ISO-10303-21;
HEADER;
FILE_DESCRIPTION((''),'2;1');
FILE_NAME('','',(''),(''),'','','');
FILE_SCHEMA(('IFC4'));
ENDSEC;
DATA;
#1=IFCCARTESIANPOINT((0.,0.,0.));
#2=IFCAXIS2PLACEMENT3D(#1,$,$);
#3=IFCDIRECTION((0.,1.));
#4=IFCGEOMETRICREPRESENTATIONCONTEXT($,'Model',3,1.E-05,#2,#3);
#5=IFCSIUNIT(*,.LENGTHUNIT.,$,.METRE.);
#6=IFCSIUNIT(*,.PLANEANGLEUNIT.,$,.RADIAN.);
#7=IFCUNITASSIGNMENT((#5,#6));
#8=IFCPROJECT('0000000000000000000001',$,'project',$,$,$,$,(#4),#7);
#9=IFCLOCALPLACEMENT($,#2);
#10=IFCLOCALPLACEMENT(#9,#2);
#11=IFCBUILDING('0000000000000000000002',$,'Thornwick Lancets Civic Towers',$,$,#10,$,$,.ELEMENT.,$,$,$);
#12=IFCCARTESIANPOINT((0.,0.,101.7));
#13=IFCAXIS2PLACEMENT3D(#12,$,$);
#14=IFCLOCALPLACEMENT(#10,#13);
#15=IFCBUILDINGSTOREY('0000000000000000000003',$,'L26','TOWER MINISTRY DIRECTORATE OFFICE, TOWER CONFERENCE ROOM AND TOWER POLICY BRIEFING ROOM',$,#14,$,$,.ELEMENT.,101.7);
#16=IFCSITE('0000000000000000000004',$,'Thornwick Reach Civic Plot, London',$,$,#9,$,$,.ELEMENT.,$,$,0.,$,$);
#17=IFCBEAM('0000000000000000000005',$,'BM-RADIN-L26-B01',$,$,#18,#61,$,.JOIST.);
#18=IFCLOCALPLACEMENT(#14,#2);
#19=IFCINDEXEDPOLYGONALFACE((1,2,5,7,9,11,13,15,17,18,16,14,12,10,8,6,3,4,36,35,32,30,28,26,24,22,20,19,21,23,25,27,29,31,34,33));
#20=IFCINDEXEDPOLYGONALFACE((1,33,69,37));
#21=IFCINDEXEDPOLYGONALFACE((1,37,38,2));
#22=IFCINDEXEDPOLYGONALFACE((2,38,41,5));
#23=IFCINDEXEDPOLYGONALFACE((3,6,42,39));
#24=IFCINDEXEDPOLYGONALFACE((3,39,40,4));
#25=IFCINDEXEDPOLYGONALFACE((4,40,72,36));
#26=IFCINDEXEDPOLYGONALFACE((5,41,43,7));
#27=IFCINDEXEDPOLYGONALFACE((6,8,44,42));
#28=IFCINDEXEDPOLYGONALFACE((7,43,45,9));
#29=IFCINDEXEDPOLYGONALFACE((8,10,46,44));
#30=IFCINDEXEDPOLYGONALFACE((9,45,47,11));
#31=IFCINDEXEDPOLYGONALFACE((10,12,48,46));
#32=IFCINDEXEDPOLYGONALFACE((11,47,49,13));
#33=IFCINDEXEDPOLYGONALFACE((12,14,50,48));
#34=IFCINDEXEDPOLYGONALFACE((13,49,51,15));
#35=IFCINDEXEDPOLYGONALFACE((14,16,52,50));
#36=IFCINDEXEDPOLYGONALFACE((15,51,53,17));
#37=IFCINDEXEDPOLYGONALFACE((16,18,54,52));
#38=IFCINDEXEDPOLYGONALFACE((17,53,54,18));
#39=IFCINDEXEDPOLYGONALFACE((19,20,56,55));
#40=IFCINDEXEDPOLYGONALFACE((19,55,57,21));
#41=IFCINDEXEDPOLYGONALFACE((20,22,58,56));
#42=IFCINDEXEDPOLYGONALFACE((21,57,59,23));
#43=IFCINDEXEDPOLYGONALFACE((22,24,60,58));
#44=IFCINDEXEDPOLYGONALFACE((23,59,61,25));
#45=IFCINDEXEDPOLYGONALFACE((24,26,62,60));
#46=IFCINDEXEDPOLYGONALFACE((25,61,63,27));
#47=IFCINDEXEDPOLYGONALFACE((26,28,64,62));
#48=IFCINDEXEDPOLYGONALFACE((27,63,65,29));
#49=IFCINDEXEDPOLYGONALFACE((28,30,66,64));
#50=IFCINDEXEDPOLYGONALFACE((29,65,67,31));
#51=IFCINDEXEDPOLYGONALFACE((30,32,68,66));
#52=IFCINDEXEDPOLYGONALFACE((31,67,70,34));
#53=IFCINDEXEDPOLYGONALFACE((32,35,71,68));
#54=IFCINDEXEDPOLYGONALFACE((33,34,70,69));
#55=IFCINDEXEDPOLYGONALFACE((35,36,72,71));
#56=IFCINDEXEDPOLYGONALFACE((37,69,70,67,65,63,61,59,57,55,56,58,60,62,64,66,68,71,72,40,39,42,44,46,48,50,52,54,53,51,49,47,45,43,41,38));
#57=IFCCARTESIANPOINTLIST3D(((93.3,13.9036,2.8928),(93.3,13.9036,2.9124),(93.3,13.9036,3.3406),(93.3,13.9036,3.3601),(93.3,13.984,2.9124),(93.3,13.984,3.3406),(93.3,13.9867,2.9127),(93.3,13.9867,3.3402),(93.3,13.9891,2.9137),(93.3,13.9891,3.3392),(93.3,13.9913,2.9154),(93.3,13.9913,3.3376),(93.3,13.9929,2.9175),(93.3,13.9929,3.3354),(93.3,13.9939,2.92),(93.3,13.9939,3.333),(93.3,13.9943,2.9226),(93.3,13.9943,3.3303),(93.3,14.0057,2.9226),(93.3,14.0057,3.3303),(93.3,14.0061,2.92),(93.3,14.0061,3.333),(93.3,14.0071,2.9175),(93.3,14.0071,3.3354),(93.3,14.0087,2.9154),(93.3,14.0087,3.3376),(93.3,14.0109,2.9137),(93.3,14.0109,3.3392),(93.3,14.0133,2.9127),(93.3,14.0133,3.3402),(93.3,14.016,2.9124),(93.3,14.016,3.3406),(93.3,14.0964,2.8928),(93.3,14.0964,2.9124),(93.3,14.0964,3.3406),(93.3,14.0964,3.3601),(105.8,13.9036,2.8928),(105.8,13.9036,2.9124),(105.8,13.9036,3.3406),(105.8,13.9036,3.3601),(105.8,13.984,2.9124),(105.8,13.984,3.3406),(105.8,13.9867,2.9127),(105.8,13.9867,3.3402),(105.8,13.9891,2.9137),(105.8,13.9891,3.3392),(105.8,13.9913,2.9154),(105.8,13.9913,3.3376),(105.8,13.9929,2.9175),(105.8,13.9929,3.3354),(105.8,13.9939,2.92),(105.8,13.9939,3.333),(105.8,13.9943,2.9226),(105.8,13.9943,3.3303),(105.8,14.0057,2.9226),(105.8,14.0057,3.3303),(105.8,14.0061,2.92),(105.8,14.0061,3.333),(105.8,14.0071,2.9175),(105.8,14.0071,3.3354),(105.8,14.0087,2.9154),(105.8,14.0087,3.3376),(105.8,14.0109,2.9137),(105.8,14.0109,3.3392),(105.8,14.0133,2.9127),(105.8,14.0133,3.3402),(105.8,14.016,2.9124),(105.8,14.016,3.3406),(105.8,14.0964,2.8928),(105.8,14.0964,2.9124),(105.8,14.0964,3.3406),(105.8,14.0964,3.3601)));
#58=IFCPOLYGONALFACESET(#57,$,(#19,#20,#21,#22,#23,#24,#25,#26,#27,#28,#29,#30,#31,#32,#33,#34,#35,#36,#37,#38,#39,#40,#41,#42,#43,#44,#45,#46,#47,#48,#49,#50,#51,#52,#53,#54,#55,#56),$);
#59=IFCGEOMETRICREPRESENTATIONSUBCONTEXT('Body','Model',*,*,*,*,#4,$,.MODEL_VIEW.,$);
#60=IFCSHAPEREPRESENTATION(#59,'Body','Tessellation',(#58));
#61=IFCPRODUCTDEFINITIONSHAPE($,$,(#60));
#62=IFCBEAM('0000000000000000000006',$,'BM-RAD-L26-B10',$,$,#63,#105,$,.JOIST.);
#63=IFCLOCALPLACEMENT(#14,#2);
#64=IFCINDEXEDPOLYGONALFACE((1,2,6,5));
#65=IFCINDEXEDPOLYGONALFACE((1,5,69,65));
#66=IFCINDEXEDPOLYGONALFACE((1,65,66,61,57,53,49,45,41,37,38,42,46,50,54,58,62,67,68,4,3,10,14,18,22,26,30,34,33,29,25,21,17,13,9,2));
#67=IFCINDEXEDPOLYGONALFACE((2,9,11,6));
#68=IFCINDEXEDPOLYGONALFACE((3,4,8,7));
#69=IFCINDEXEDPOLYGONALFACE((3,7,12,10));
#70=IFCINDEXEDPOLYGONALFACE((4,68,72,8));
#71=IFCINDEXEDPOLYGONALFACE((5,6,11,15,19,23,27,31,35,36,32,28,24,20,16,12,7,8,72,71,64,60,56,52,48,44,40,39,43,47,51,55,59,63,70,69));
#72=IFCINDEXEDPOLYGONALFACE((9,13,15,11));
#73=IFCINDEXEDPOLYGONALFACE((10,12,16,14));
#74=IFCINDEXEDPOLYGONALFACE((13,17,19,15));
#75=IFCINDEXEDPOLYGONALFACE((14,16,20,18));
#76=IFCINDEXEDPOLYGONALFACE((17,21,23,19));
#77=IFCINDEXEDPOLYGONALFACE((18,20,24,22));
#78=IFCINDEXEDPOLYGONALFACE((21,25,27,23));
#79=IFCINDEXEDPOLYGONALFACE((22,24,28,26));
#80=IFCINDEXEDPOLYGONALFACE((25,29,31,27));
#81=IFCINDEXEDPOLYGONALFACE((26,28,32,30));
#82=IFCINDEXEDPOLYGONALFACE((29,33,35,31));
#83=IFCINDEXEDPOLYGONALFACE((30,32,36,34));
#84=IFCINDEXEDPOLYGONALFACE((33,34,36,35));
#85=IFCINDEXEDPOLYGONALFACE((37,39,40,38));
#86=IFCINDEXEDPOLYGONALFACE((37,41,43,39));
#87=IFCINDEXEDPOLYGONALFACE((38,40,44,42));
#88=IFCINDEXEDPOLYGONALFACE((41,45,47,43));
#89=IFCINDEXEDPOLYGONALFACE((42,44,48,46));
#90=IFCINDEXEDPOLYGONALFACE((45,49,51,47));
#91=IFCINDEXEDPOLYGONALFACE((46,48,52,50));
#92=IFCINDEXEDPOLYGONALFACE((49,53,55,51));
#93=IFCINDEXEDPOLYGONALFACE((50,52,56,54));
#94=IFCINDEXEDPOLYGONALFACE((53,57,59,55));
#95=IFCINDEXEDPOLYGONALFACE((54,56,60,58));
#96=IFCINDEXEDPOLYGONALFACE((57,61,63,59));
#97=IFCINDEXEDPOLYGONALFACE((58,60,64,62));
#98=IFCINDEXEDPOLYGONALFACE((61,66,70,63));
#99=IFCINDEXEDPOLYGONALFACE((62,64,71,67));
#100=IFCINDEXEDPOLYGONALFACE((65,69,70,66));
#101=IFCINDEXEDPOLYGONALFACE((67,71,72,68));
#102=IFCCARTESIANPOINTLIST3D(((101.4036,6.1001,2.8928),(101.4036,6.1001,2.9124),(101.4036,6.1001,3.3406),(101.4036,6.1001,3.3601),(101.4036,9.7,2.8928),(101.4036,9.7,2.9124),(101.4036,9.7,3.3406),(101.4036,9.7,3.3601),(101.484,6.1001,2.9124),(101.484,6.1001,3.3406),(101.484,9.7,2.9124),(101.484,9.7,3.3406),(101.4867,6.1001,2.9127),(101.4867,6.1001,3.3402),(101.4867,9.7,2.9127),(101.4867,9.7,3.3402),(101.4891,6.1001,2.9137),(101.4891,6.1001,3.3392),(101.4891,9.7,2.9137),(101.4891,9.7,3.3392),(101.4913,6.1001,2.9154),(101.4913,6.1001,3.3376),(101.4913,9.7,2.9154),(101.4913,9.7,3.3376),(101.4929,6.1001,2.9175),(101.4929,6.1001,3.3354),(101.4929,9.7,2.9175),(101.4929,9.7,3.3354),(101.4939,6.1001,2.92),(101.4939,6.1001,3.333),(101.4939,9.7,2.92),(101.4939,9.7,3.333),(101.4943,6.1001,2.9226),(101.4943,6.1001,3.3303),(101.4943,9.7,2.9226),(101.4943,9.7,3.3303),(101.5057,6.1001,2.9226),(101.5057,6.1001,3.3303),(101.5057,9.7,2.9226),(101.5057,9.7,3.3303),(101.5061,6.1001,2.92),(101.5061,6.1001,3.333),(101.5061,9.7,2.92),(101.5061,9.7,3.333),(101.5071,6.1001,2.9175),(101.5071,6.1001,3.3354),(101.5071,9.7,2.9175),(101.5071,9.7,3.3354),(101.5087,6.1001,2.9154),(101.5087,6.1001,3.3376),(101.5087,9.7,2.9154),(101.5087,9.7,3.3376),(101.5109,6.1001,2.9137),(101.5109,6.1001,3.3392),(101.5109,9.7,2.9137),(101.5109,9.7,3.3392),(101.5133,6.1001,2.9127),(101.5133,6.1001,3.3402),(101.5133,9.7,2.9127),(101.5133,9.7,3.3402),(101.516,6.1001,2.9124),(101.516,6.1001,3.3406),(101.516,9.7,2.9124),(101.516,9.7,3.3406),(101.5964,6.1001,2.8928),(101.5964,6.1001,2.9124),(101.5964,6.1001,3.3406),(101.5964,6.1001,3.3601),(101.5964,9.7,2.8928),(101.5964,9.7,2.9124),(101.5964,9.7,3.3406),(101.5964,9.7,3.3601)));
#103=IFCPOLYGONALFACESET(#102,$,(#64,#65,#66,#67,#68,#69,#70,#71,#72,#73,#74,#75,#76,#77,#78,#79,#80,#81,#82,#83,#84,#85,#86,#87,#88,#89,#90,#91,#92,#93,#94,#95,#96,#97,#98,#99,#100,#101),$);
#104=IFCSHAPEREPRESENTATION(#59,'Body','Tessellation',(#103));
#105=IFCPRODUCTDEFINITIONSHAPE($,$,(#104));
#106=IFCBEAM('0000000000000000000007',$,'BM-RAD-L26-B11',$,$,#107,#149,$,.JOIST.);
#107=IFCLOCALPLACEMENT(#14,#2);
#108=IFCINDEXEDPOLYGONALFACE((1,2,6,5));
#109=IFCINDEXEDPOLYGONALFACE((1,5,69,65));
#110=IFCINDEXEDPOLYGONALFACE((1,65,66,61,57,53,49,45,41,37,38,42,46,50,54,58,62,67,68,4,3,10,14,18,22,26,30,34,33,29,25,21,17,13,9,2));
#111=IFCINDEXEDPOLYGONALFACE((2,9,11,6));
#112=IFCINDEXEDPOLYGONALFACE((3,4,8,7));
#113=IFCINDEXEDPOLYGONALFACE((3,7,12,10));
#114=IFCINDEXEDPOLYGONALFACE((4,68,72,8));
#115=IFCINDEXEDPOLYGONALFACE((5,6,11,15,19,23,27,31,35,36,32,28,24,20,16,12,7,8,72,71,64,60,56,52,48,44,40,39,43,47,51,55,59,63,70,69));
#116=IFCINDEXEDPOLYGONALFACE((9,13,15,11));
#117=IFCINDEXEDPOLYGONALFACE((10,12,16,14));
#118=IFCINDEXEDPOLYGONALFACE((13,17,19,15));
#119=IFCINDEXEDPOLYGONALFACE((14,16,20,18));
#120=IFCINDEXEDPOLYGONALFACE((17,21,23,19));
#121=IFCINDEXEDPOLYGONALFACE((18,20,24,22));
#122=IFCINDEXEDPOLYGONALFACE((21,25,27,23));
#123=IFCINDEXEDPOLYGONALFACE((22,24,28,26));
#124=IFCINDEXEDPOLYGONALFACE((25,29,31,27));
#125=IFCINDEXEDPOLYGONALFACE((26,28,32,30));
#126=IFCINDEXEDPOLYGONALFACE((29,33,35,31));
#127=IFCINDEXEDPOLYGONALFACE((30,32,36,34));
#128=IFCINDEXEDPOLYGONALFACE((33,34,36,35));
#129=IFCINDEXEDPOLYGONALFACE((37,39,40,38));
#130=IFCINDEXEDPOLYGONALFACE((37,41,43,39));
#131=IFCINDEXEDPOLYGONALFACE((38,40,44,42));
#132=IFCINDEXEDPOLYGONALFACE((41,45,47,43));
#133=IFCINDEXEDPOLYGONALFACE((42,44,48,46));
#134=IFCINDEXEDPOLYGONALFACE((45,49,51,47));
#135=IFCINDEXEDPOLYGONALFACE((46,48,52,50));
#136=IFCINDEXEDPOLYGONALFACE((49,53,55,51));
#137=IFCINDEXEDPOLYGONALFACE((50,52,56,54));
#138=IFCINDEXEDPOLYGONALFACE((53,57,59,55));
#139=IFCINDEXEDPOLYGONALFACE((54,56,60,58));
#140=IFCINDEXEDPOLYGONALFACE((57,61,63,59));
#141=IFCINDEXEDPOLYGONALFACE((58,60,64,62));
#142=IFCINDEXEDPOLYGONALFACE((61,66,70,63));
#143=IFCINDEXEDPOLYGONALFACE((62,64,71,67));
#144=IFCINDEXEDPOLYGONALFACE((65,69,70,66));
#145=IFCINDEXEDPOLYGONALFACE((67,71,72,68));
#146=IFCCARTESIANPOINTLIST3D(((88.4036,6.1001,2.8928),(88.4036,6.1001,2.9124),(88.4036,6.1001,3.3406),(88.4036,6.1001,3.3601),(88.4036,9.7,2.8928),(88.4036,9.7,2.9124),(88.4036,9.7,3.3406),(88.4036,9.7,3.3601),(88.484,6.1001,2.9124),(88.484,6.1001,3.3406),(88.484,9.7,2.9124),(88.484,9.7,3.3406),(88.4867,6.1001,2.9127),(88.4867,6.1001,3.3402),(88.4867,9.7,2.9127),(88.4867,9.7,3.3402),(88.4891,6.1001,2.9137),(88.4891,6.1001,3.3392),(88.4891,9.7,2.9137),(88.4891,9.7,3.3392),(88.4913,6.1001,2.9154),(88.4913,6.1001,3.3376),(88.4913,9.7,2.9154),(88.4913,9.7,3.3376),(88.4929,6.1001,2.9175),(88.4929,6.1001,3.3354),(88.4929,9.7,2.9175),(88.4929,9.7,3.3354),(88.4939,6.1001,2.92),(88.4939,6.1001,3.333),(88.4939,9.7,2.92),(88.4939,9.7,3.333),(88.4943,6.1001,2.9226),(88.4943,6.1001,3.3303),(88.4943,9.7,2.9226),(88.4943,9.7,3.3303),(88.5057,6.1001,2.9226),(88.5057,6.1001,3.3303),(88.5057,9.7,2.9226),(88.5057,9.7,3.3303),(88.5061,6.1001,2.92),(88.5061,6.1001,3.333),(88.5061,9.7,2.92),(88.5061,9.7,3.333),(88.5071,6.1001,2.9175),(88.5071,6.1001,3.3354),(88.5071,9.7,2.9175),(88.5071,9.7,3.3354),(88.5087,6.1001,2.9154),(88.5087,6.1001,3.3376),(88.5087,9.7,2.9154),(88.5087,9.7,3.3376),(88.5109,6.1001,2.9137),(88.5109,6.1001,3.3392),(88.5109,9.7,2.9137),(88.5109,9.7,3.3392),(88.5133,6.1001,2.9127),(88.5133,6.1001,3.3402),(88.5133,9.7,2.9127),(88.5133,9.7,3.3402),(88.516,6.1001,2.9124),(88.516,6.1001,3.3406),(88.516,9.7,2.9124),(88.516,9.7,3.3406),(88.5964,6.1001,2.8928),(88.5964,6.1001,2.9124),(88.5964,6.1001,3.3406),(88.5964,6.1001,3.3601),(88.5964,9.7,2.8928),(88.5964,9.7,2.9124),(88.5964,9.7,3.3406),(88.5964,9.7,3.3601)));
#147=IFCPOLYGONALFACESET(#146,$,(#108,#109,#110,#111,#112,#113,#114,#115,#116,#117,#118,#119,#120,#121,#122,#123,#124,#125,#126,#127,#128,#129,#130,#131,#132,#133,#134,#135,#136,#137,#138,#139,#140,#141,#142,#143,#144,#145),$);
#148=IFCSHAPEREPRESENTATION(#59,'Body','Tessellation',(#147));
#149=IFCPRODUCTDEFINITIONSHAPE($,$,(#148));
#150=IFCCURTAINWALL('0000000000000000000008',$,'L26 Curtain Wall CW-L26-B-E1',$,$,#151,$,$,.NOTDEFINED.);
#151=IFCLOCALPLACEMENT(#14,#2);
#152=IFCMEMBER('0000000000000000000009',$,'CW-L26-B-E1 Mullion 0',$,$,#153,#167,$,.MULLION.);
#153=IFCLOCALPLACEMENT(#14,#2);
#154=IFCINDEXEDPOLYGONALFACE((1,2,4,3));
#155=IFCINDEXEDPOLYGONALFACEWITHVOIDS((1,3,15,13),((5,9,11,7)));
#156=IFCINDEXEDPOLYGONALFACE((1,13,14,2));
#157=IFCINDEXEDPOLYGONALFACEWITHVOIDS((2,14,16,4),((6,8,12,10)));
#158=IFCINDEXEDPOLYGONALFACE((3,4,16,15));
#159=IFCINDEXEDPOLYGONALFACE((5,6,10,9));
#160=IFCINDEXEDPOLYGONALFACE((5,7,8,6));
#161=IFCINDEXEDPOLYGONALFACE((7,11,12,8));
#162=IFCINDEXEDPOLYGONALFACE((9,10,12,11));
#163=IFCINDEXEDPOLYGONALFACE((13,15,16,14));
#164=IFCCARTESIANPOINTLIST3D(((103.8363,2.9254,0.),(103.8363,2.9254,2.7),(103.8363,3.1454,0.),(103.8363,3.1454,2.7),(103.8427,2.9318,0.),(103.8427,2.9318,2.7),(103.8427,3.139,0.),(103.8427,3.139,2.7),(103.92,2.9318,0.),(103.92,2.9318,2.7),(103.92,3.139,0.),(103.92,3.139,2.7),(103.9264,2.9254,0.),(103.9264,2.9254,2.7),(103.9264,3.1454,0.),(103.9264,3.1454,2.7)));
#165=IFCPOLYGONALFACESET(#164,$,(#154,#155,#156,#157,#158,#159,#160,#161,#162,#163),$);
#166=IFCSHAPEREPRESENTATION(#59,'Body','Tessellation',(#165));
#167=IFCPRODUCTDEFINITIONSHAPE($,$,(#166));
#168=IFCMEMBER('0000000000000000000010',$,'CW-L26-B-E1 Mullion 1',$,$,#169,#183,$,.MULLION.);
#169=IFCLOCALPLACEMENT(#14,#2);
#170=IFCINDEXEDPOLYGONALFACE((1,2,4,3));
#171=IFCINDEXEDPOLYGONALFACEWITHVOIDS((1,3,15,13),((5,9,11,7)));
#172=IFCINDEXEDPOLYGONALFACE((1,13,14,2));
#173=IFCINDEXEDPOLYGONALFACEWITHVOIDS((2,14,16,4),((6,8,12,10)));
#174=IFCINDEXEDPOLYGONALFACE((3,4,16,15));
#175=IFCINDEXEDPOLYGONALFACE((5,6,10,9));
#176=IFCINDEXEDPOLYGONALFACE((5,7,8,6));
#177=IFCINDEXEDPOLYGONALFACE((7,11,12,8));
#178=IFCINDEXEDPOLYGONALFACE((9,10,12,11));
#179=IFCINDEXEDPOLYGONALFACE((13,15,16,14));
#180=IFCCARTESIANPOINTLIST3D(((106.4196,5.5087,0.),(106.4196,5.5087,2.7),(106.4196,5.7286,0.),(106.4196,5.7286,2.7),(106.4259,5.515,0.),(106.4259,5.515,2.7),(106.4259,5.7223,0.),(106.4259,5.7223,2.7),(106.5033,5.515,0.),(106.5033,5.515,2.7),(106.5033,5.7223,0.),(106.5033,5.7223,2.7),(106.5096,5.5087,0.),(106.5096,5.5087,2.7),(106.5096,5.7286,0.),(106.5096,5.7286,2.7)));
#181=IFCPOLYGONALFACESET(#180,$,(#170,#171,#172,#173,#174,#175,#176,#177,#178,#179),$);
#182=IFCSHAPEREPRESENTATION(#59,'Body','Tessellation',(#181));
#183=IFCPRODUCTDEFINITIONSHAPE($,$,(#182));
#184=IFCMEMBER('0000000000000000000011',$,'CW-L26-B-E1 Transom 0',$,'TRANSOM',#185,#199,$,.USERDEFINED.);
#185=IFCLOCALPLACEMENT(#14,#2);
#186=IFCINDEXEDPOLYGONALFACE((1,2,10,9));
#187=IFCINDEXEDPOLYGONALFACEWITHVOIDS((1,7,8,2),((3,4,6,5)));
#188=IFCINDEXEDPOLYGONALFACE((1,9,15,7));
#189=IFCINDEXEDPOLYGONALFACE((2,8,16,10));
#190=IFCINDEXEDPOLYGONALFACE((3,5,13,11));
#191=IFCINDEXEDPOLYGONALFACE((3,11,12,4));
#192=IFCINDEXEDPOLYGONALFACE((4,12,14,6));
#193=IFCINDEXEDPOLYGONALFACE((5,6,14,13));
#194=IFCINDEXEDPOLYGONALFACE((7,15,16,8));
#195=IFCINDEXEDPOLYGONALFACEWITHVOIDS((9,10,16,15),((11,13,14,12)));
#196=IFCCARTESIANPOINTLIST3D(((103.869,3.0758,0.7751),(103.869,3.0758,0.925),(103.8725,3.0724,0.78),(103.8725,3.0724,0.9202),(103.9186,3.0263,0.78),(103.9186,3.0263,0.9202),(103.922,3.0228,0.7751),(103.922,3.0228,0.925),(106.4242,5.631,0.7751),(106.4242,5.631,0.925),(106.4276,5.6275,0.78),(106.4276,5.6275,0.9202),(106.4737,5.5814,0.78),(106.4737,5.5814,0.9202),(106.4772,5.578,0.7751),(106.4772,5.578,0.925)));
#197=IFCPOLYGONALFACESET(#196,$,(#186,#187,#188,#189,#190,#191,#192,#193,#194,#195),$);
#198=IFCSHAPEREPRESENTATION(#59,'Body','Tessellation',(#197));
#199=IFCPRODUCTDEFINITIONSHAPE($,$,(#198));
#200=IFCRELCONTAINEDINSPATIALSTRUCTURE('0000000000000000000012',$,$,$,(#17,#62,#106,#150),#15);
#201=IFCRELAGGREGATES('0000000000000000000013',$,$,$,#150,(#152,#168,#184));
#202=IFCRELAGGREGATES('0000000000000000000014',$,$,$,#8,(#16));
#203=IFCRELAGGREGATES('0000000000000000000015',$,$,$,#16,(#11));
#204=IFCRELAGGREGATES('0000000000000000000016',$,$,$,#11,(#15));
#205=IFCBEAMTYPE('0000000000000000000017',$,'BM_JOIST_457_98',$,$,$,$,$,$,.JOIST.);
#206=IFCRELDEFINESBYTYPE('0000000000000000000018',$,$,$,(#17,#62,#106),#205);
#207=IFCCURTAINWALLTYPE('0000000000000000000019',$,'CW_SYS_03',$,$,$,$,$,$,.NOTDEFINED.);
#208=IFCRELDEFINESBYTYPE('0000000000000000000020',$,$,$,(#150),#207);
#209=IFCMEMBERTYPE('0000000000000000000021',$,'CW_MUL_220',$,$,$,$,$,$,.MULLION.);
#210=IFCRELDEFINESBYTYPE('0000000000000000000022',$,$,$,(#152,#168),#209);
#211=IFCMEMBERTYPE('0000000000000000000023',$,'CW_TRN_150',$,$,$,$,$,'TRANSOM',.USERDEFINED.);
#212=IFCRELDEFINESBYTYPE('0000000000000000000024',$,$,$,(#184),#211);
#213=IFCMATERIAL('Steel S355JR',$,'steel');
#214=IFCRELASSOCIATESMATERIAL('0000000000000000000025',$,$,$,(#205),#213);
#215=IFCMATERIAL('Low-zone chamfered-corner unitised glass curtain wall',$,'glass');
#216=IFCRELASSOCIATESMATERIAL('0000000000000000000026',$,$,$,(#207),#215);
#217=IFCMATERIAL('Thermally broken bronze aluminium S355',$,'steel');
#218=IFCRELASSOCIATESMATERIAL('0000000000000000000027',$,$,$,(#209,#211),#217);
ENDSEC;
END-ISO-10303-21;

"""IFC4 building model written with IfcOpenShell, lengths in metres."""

from ifc_helpers import new_model, si_unit, direction, frame, origin, origin_2d, place, context, subcontext, project, spatial, hollow_rectangle, i_section, extrude, material, material_profile, profile_set, type_object, element, aggregate, save


model = new_model("IFC4")

# Units and contexts
model_context = context("Model", 3, precision=1e-05, world=origin(), true_north=direction((0.0, 1.0)))
body_context = subcontext(model_context, "Body", "Model", "MODEL_VIEW")
ifc_project = project(units=[si_unit("LENGTHUNIT", "METRE"), si_unit("PLANEANGLEUNIT", "RADIAN")], contexts=[model_context])

# Site, building, storey
site_placement = place(None, origin())
site = spatial("IfcSite", under=ifc_project, at=site_placement, Name="Thornwick Reach Civic Plot, London", CompositionType="ELEMENT", RefElevation=0.0)
building_placement = place(site_placement, origin())
building = spatial("IfcBuilding", under=site, at=building_placement, Name="Thornwick Lancets Civic Towers", CompositionType="ELEMENT")
storey_placement = place(building_placement, frame((0.0, 0.0, 101.7)))
storey = spatial("IfcBuildingStorey", under=building, at=storey_placement, Name="L26", Description="TOWER MINISTRY DIRECTORATE OFFICE, TOWER CONFERENCE ROOM AND TOWER POLICY BRIEFING ROOM", CompositionType="ELEMENT", Elevation=101.7)

# Beams
ifc_material_1 = material(Name="Steel S355JR", Category="steel")
ifc_material_profile_1 = material_profile(ifc_material_1, i_section(OverallWidth=0.1929, OverallDepth=0.4673, WebThickness=0.0115, FlangeThickness=0.0195, FilletRadius=0.0103, at=origin_2d()), Name="UKB 457x191x98")
ifc_profile_set_1 = profile_set([ifc_material_profile_1], Name="Steel S355JR")
beam_type_1 = type_object("IfcBeamType", Name="BM_JOIST_457_98", PredefinedType="JOIST", material=ifc_profile_set_1)
beam_1_placement = place(storey_placement, frame((93.3, 14.0, 3.1265), z_axis=(1.0, 0.0, 0.0), x_axis=(0.0, 1.0, 0.0)))
element("IfcBeam", 1, at=beam_1_placement, inside=storey, type_object=beam_type_1, Name="BM-RADIN-L26-B01", PredefinedType="JOIST", context=body_context, shape_type="SweptSolid", body=[
    extrude(i_section(OverallWidth=0.1929, OverallDepth=0.4673, WebThickness=0.0115, FlangeThickness=0.0195, FilletRadius=0.0103, at=origin_2d()), origin(), (0.0, 0.0, 1.0), 12.5),
])
for number, where, z_axis, x_axis, name in (
    (2, (101.5, 9.7, 3.1265), (0.0, -1.0, 0.0), (1.0, 0.0, 0.0), "BM-RAD-L26-B10"),
    (3, (88.5, 9.7, 3.1265), (0.0, -1.0, 0.0), (1.0, 0.0, 0.0), "BM-RAD-L26-B11"),
):
    element("IfcBeam", number, at=place(storey_placement, frame(where, z_axis=z_axis, x_axis=x_axis)), inside=storey, type_object=beam_type_1, Name=name, PredefinedType="JOIST", context=body_context, shape_type="SweptSolid", body=[
        extrude(i_section(OverallWidth=0.1929, OverallDepth=0.4673, WebThickness=0.0115, FlangeThickness=0.0195, FilletRadius=0.0103, at=origin_2d()), origin(), (0.0, 0.0, 1.0), 3.5999),
    ])

# Curtain wall, members
ifc_material_2 = material(Name="Low-zone chamfered-corner unitised glass curtain wall", Category="glass")
curtain_wall_type = type_object("IfcCurtainWallType", Name="CW_SYS_03", PredefinedType="NOTDEFINED", material=ifc_material_2)
curtain_wall_placement = place(storey_placement, origin())
curtain_wall = element("IfcCurtainWall", 4, at=curtain_wall_placement, inside=storey, type_object=curtain_wall_type, Name="L26 Curtain Wall CW-L26-B-E1", PredefinedType="NOTDEFINED")
ifc_material_3 = material(Name="Thermally broken bronze aluminium S355", Category="steel")
ifc_material_profile_2 = material_profile(ifc_material_3, hollow_rectangle(XDim=0.0901, YDim=0.22, WallThickness=0.0063, at=origin_2d()), Name="RHS 220x90x6.3")
ifc_profile_set_2 = profile_set([ifc_material_profile_2], Name="Thermally broken bronze aluminium S355")
member_type_1 = type_object("IfcMemberType", Name="CW_MUL_220", PredefinedType="MULLION", material=ifc_profile_set_2)
member_1_placement = place(storey_placement, frame((103.8813, 3.0354, 0.0), z_axis=(0.0, 0.0, 1.0), x_axis=(1.0, 0.0, 0.0)))
member_1 = element("IfcMember", 5, at=member_1_placement, type_object=member_type_1, Name="CW-L26-B-E1 Mullion 0", PredefinedType="MULLION", context=body_context, shape_type="SweptSolid", body=[
    extrude(hollow_rectangle(XDim=0.0901, YDim=0.22, WallThickness=0.0063, at=origin_2d()), origin(), (0.0, 0.0, 1.0), 2.7),
])
member_2_placement = place(storey_placement, frame((106.4646, 5.6187, 0.0), z_axis=(0.0, 0.0, 1.0), x_axis=(1.0, 0.0, 0.0)))
member_2 = element("IfcMember", 6, at=member_2_placement, type_object=member_type_1, Name="CW-L26-B-E1 Mullion 1", PredefinedType="MULLION", context=body_context, shape_type="SweptSolid", body=[
    extrude(hollow_rectangle(XDim=0.0901, YDim=0.22, WallThickness=0.0063, at=origin_2d()), origin(), (0.0, 0.0, 1.0), 2.7),
])
ifc_material_profile_3 = material_profile(ifc_material_3, hollow_rectangle(XDim=0.075, YDim=0.1499, WallThickness=0.0049, at=origin_2d()), Name="RHS 150x75x5")
ifc_profile_set_3 = profile_set([ifc_material_profile_3], Name="Thermally broken bronze aluminium S355")
member_type_2 = type_object("IfcMemberType", Name="CW_TRN_150", ElementType="TRANSOM", PredefinedType="USERDEFINED", material=ifc_profile_set_3)
member_3_placement = place(storey_placement, frame((103.8955, 3.0493, 0.8501), z_axis=(0.707107, 0.707107, 0.0), x_axis=(-0.707107, 0.707107, 0.0)))
member_3 = element("IfcMember", 7, at=member_3_placement, type_object=member_type_2, Name="CW-L26-B-E1 Transom 0", ObjectType="TRANSOM", PredefinedType="USERDEFINED", context=body_context, shape_type="SweptSolid", body=[
    extrude(hollow_rectangle(XDim=0.075, YDim=0.1499, WallThickness=0.0049, at=origin_2d()), origin(), (0.0, 0.0, 1.0), 3.6135),
])
aggregate(curtain_wall, [member_1, member_2, member_3])

save(model, "model.ifc")
